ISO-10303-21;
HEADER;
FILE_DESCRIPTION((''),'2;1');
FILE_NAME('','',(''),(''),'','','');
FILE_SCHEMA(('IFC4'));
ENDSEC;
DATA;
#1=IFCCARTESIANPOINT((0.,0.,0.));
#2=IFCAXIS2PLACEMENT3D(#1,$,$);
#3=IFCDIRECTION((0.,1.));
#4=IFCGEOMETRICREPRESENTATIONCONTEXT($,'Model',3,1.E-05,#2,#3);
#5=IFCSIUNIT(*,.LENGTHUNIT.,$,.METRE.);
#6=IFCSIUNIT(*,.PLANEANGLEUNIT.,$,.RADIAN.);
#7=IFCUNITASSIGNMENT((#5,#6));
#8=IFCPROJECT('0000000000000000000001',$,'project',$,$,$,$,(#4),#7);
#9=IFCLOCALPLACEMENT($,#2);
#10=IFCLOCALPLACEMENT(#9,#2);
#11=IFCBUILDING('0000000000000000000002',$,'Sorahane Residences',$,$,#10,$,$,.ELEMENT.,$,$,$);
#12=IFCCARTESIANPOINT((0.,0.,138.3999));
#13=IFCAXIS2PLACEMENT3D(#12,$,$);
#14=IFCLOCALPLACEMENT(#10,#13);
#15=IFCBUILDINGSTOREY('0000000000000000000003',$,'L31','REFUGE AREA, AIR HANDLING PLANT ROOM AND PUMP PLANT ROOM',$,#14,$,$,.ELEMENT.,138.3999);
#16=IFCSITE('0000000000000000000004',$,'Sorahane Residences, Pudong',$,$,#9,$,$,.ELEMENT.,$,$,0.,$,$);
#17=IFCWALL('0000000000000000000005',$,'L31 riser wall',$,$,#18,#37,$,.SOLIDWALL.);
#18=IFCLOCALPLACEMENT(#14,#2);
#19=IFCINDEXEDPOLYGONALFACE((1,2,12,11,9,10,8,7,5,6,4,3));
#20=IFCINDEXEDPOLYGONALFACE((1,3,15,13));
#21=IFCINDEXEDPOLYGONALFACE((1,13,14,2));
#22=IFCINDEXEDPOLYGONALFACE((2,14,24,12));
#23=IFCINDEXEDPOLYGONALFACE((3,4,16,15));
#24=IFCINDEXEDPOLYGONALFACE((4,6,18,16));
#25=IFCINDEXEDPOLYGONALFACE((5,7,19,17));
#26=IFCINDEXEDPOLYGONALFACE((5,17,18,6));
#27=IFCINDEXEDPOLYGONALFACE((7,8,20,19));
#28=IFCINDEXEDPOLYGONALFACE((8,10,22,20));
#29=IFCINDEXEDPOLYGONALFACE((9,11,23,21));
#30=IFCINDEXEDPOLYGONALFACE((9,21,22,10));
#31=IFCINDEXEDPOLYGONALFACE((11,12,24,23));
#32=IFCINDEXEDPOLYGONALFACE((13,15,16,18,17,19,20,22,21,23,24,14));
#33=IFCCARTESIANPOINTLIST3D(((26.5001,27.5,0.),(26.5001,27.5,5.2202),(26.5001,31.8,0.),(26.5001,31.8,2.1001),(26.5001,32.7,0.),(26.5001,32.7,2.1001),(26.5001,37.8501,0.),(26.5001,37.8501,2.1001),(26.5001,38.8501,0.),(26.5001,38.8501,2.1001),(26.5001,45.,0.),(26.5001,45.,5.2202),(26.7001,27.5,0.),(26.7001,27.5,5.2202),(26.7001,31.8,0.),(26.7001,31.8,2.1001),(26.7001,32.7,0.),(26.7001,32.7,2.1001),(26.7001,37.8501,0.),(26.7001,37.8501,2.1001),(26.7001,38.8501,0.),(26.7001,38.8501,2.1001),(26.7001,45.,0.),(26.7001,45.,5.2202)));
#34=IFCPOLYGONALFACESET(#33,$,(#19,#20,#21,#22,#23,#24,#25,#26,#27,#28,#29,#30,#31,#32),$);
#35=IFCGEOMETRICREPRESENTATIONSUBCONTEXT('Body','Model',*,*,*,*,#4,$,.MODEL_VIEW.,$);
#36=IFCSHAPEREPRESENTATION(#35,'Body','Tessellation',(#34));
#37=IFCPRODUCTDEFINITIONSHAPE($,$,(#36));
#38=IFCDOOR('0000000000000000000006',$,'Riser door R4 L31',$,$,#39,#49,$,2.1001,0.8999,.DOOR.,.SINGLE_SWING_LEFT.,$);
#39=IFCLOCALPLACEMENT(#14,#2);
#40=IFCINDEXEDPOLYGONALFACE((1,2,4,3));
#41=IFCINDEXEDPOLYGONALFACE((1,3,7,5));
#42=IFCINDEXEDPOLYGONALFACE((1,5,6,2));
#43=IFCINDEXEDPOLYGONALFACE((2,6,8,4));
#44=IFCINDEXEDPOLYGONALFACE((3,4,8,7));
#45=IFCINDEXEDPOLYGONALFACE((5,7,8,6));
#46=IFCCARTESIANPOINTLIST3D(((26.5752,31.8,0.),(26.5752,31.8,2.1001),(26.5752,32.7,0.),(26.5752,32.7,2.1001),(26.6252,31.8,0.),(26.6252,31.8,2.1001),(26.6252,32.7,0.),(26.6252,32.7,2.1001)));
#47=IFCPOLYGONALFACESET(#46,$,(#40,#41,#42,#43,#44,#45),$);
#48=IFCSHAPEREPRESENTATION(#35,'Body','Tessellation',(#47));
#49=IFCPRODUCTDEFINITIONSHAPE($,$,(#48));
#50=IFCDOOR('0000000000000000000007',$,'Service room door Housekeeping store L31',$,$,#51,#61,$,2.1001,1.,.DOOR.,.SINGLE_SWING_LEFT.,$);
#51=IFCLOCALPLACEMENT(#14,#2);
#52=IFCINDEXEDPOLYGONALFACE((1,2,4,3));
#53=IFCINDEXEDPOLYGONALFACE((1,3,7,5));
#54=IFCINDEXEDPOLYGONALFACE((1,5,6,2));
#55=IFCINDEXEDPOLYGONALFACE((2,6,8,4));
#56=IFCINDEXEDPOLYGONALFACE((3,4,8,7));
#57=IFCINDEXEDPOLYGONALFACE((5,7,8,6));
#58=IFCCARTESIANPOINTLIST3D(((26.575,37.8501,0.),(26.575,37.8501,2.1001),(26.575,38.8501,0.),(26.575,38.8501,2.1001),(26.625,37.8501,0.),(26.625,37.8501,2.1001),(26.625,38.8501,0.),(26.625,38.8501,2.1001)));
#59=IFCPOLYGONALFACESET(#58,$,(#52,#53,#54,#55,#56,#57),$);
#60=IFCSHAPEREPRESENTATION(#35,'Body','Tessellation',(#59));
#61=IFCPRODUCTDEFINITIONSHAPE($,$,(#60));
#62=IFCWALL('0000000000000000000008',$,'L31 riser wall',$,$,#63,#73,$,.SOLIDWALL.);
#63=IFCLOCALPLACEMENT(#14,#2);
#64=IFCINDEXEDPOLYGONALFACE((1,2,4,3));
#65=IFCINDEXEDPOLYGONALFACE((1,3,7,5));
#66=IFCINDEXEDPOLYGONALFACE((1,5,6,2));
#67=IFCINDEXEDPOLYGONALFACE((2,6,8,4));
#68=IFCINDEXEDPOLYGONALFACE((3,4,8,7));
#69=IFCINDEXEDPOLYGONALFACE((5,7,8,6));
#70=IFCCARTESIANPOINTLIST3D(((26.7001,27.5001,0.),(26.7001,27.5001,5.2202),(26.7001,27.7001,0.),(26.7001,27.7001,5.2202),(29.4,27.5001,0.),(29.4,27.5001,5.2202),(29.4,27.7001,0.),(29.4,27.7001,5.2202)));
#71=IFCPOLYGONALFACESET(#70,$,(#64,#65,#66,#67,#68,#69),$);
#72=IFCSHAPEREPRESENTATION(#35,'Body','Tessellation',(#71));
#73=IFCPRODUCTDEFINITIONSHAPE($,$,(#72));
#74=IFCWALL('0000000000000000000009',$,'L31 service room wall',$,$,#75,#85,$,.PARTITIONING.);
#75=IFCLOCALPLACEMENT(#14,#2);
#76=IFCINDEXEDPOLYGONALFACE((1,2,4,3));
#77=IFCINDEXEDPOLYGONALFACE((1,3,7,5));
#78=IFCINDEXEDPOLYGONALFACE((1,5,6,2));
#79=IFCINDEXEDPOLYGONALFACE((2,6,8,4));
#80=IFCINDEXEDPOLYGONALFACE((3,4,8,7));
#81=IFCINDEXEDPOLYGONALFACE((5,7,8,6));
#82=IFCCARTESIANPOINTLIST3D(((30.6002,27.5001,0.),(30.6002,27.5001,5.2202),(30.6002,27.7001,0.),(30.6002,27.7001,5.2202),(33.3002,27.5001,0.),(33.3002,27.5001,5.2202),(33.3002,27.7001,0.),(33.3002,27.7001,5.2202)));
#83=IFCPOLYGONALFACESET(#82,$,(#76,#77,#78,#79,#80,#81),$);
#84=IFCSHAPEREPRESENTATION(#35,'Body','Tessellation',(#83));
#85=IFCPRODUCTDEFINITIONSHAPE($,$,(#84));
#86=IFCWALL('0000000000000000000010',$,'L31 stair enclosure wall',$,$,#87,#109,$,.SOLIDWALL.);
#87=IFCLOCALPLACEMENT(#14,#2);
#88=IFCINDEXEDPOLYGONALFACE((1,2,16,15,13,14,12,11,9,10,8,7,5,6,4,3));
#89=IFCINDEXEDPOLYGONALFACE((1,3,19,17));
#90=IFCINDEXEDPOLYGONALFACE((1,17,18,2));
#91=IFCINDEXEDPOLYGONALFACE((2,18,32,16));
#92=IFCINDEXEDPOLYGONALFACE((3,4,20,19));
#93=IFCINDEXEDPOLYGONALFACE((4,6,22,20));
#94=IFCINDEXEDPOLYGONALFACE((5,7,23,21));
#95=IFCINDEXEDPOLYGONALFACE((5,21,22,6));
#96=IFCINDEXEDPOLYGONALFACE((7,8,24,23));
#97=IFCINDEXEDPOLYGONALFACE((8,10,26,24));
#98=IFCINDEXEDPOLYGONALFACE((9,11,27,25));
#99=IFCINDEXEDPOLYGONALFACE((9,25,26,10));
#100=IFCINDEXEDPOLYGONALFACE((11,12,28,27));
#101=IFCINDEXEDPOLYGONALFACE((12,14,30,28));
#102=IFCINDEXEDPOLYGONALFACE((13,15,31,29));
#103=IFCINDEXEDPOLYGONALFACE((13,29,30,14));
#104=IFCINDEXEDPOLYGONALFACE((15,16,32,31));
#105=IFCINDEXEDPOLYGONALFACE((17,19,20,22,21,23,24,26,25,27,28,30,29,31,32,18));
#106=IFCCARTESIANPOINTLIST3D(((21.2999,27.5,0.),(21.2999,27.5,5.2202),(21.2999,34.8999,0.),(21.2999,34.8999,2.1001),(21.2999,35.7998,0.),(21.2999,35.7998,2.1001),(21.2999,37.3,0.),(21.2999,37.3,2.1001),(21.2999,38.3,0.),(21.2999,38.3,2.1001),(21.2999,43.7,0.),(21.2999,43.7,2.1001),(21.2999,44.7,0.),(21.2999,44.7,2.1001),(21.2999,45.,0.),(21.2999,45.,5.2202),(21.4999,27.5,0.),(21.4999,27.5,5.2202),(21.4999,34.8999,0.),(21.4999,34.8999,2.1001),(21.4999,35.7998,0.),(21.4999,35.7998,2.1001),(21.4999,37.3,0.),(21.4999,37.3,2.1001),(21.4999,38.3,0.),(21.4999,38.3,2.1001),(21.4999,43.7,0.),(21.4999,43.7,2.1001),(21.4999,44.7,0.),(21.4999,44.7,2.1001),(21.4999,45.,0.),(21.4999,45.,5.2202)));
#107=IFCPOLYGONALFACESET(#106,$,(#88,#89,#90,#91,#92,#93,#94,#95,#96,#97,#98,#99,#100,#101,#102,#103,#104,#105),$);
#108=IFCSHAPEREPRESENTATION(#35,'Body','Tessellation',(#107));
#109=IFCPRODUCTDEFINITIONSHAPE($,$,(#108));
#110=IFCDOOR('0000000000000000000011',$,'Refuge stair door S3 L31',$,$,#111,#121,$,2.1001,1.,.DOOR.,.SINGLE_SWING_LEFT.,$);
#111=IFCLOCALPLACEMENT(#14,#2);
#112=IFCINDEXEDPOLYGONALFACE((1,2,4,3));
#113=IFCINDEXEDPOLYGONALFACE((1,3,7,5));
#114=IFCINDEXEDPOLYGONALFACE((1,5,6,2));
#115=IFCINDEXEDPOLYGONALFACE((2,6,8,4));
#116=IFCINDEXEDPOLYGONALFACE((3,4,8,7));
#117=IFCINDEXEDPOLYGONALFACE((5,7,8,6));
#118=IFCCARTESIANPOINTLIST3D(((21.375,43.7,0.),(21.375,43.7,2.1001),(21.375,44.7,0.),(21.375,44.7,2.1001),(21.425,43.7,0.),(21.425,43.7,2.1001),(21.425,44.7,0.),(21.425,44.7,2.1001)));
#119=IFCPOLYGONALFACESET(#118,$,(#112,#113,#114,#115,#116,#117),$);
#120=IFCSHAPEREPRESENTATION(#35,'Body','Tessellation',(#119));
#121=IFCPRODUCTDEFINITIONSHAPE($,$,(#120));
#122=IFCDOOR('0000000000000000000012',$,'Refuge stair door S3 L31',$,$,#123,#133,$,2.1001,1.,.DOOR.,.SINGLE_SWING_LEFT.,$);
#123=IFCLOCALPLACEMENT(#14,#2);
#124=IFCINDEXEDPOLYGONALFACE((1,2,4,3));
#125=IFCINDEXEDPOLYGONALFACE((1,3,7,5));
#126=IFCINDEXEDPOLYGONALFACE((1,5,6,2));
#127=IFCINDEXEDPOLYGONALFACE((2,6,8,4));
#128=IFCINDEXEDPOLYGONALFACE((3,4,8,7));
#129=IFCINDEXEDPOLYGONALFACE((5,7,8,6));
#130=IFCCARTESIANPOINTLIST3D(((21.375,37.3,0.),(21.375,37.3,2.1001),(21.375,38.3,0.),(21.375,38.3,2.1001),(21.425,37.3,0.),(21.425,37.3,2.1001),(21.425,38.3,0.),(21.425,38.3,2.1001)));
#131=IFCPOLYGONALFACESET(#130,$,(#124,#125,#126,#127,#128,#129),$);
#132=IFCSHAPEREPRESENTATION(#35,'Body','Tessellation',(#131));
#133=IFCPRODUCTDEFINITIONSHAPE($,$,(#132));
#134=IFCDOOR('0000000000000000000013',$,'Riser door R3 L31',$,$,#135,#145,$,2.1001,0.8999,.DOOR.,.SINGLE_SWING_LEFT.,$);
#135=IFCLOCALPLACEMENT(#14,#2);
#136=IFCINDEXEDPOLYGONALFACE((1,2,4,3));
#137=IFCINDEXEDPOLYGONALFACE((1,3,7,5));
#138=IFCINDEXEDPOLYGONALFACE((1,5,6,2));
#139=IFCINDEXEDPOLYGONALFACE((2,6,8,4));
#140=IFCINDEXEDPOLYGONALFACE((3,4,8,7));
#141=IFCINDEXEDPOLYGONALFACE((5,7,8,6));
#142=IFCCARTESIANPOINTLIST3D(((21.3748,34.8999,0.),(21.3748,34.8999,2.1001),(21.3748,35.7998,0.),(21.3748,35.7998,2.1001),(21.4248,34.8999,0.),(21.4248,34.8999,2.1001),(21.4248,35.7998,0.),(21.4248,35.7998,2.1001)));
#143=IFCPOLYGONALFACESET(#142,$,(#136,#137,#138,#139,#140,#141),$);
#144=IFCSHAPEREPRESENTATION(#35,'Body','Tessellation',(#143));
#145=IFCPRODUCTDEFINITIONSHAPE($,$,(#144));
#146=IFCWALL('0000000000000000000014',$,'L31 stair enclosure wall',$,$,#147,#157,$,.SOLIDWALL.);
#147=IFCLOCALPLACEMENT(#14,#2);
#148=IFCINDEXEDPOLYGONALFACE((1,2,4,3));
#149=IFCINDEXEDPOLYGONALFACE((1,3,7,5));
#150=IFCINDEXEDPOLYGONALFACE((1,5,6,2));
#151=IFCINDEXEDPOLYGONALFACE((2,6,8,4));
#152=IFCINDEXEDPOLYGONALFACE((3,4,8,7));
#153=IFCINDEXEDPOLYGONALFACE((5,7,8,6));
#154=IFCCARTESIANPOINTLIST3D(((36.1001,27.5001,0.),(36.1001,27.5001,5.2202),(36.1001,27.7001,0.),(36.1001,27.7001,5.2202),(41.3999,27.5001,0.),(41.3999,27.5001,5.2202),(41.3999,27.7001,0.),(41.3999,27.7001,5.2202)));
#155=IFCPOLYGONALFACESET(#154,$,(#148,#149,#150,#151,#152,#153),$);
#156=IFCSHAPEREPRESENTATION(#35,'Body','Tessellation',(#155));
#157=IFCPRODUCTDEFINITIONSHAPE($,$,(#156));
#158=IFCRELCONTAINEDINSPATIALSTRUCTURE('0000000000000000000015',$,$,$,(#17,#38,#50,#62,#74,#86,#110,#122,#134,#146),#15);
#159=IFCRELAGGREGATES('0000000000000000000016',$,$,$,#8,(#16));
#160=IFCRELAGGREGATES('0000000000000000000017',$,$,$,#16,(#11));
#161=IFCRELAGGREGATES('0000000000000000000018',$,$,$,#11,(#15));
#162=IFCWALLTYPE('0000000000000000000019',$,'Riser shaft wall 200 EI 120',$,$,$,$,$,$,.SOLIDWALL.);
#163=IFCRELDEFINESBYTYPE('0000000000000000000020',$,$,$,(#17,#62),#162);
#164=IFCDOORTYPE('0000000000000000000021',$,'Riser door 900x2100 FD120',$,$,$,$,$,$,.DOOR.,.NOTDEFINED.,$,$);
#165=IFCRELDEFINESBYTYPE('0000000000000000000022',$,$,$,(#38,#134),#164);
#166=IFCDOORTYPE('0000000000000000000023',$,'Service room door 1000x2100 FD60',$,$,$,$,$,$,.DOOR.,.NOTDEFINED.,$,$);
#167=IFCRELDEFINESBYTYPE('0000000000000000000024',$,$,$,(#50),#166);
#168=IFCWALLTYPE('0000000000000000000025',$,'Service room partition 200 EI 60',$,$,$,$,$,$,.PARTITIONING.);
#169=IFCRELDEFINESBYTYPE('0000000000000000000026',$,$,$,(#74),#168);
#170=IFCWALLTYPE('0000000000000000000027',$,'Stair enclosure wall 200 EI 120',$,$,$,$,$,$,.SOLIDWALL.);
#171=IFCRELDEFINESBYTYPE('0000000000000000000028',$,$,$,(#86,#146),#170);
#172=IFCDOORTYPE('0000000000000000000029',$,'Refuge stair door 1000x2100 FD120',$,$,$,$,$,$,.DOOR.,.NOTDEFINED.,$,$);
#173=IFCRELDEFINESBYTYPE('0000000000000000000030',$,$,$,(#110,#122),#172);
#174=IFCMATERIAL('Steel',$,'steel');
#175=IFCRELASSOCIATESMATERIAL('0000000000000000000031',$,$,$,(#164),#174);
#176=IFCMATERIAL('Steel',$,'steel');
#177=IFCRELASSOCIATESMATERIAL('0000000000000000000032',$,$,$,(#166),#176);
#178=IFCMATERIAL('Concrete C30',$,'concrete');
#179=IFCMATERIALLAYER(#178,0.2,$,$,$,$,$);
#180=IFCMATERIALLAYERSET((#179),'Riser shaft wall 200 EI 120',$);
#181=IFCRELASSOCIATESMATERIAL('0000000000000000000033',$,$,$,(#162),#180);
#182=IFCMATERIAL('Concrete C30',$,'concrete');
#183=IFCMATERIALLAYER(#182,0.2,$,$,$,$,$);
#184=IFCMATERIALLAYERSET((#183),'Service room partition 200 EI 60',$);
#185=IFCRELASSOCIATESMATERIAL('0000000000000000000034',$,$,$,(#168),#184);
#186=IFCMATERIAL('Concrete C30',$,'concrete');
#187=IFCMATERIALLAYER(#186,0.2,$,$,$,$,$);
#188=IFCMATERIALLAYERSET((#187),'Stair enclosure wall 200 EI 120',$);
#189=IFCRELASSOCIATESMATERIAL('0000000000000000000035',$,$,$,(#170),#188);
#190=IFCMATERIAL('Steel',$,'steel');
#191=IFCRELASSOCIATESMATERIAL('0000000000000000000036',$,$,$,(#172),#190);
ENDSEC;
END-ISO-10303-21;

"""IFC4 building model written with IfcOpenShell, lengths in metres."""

from ifc_helpers import new_model, si_unit, direction, frame, frame_2d, origin, place, context, subcontext, project, spatial, rectangle, extrude, material, layer, layer_set, type_object, element, fill, save


model = new_model("IFC4")

# Units and contexts
model_context = context("Model", 3, precision=1e-05, world=origin(), true_north=direction((0.0, 1.0)))
body_context = subcontext(model_context, "Body", "Model", "MODEL_VIEW")
ifc_project = project(units=[si_unit("LENGTHUNIT", "METRE"), si_unit("PLANEANGLEUNIT", "RADIAN")], contexts=[model_context])

# Site, building, storey
site_placement = place(None, origin())
site = spatial("IfcSite", under=ifc_project, at=site_placement, Name="Sorahane Residences, Pudong", CompositionType="ELEMENT", RefElevation=0.0)
building_placement = place(site_placement, origin())
building = spatial("IfcBuilding", under=site, at=building_placement, Name="Sorahane Residences", CompositionType="ELEMENT")
storey_placement = place(building_placement, frame((0.0, 0.0, 138.3999)))
storey = spatial("IfcBuildingStorey", under=building, at=storey_placement, Name="L31", Description="REFUGE AREA, AIR HANDLING PLANT ROOM AND PUMP PLANT ROOM", CompositionType="ELEMENT", Elevation=138.3999)

# Wall, openings, doors
ifc_material_1 = material(Name="Steel", Category="steel")
door_type_1 = type_object("IfcDoorType", Name="Riser door 900x2100 FD120", OperationType="NOTDEFINED", PredefinedType="DOOR", material=ifc_material_1)
ifc_material_2 = material(Name="Steel", Category="steel")
door_type_2 = type_object("IfcDoorType", Name="Service room door 1000x2100 FD60", OperationType="NOTDEFINED", PredefinedType="DOOR", material=ifc_material_2)
ifc_material_3 = material(Name="Concrete C30", Category="concrete")
ifc_layer_1 = layer(ifc_material_3, 0.2)
ifc_layer_set_1 = layer_set([ifc_layer_1], Name="Riser shaft wall 200 EI 120")
wall_type_1 = type_object("IfcWallType", Name="Riser shaft wall 200 EI 120", PredefinedType="SOLIDWALL", material=ifc_layer_set_1)
wall_1_placement = place(storey_placement, frame((26.6001, 27.5, 0.0), z_axis=(0.0, 0.0, 1.0), x_axis=(0.0, 1.0, 0.0)))
wall_1 = element("IfcWall", 1, at=wall_1_placement, inside=storey, type_object=wall_type_1, Name="L31 riser wall", PredefinedType="SOLIDWALL", context=body_context, shape_type="SweptSolid", body=[
    extrude(rectangle(XDim=17.5, YDim=0.2, at=frame_2d((8.75, 0.0))), origin(), (0.0, 0.0, 1.0), 5.2202),
])
opening_1_placement = place(wall_1_placement, frame((4.3, 0.0, 0.0)))
opening_1 = element("IfcOpeningElement", 2, at=opening_1_placement, cuts=wall_1, PredefinedType="OPENING", context=body_context, shape_type="SweptSolid", body=[
    extrude(rectangle(XDim=0.8999, YDim=2.1001, at=frame_2d((0.45, 1.05))), frame((0.0, 0.1099, 0.0), z_axis=(0.0, -1.0, 0.0), x_axis=(1.0, 0.0, 0.0)), (0.0, 0.0, 1.0), 0.22),
])
opening_2_placement = place(wall_1_placement, frame((10.3501, 0.0, 0.0)))
opening_2 = element("IfcOpeningElement", 3, at=opening_2_placement, cuts=wall_1, PredefinedType="OPENING", context=body_context, shape_type="SweptSolid", body=[
    extrude(rectangle(XDim=1.0, YDim=2.1001, at=frame_2d((0.5, 1.05))), frame((0.0, 0.1099, 0.0), z_axis=(0.0, -1.0, 0.0), x_axis=(1.0, 0.0, 0.0)), (0.0, 0.0, 1.0), 0.22),
])
door_1_placement = place(opening_1_placement, origin())
door_1 = element("IfcDoor", 4, at=door_1_placement, inside=storey, type_object=door_type_1, Name="Riser door R4 L31", OperationType="SINGLE_SWING_LEFT", OverallHeight=2.1001, OverallWidth=0.8999, PredefinedType="DOOR", context=body_context, shape_type="SweptSolid", body=[
    extrude(rectangle(XDim=0.8999, YDim=2.1001, at=frame_2d((0.45, 1.05))), frame((0.0, 0.0249, 0.0), z_axis=(0.0, -1.0, 0.0), x_axis=(1.0, 0.0, 0.0)), (0.0, 0.0, 1.0), 0.05),
])
fill(opening_1, door_1)
door_2_placement = place(opening_2_placement, frame((1.0, 0.0, 0.0), z_axis=(0.0, 0.0, 1.0), x_axis=(-1.0, 0.0, 0.0)))
door_2 = element("IfcDoor", 5, at=door_2_placement, inside=storey, type_object=door_type_2, Name="Service room door Housekeeping store L31", OperationType="SINGLE_SWING_LEFT", OverallHeight=2.1001, OverallWidth=1.0, PredefinedType="DOOR", context=body_context, shape_type="SweptSolid", body=[
    extrude(rectangle(XDim=1.0, YDim=2.1001, at=frame_2d((0.5, 1.05))), frame((0.0, 0.0249, 0.0), z_axis=(0.0, -1.0, 0.0), x_axis=(1.0, 0.0, 0.0)), (0.0, 0.0, 1.0), 0.05),
])
fill(opening_2, door_2)

# Walls
wall_2_placement = place(storey_placement, frame((26.7, 27.6001, 0.0), z_axis=(0.0, 0.0, 1.0), x_axis=(1.0, 0.0, 0.0)))
element("IfcWall", 6, at=wall_2_placement, inside=storey, type_object=wall_type_1, Name="L31 riser wall", PredefinedType="SOLIDWALL", context=body_context, shape_type="SweptSolid", body=[
    extrude(rectangle(XDim=2.7, YDim=0.2, at=frame_2d((1.3501, 0.0))), origin(), (0.0, 0.0, 1.0), 5.2202),
])
ifc_material_4 = material(Name="Concrete C30", Category="concrete")
ifc_layer_2 = layer(ifc_material_4, 0.2)
ifc_layer_set_2 = layer_set([ifc_layer_2], Name="Service room partition 200 EI 60")
wall_type_2 = type_object("IfcWallType", Name="Service room partition 200 EI 60", PredefinedType="PARTITIONING", material=ifc_layer_set_2)
wall_3_placement = place(storey_placement, frame((30.6001, 27.6001, 0.0), z_axis=(0.0, 0.0, 1.0), x_axis=(1.0, 0.0, 0.0)))
element("IfcWall", 7, at=wall_3_placement, inside=storey, type_object=wall_type_2, Name="L31 service room wall", PredefinedType="PARTITIONING", context=body_context, shape_type="SweptSolid", body=[
    extrude(rectangle(XDim=2.7, YDim=0.2, at=frame_2d((1.3501, 0.0))), origin(), (0.0, 0.0, 1.0), 5.2202),
])

# Wall, openings, doors
ifc_material_5 = material(Name="Concrete C30", Category="concrete")
ifc_layer_3 = layer(ifc_material_5, 0.2)
ifc_layer_set_3 = layer_set([ifc_layer_3], Name="Stair enclosure wall 200 EI 120")
wall_type_3 = type_object("IfcWallType", Name="Stair enclosure wall 200 EI 120", PredefinedType="SOLIDWALL", material=ifc_layer_set_3)
wall_4_placement = place(storey_placement, frame((21.3999, 27.5, 0.0), z_axis=(0.0, 0.0, 1.0), x_axis=(0.0, 1.0, 0.0)))
wall_4 = element("IfcWall", 8, at=wall_4_placement, inside=storey, type_object=wall_type_3, Name="L31 stair enclosure wall", PredefinedType="SOLIDWALL", context=body_context, shape_type="SweptSolid", body=[
    extrude(rectangle(XDim=17.5, YDim=0.2, at=frame_2d((8.75, 0.0))), origin(), (0.0, 0.0, 1.0), 5.2202),
])
opening_3_placement = place(wall_4_placement, frame((16.2, 0.0, 0.0)))
opening_3 = element("IfcOpeningElement", 9, at=opening_3_placement, cuts=wall_4, PredefinedType="OPENING", context=body_context, shape_type="SweptSolid", body=[
    extrude(rectangle(XDim=1.0, YDim=2.1001, at=frame_2d((0.5, 1.05))), frame((0.0, 0.1099, 0.0), z_axis=(0.0, -1.0, 0.0), x_axis=(1.0, 0.0, 0.0)), (0.0, 0.0, 1.0), 0.22),
])
opening_4_placement = place(wall_4_placement, frame((9.8, 0.0, 0.0)))
opening_4 = element("IfcOpeningElement", 10, at=opening_4_placement, cuts=wall_4, PredefinedType="OPENING", context=body_context, shape_type="SweptSolid", body=[
    extrude(rectangle(XDim=1.0, YDim=2.1001, at=frame_2d((0.5, 1.05))), frame((0.0, 0.1099, 0.0), z_axis=(0.0, -1.0, 0.0), x_axis=(1.0, 0.0, 0.0)), (0.0, 0.0, 1.0), 0.22),
])
opening_5_placement = place(wall_4_placement, frame((7.3999, 0.0, 0.0)))
opening_5 = element("IfcOpeningElement", 11, at=opening_5_placement, cuts=wall_4, PredefinedType="OPENING", context=body_context, shape_type="SweptSolid", body=[
    extrude(rectangle(XDim=0.8999, YDim=2.1001, at=frame_2d((0.45, 1.05))), frame((0.0, 0.1099, 0.0), z_axis=(0.0, -1.0, 0.0), x_axis=(1.0, 0.0, 0.0)), (0.0, 0.0, 1.0), 0.22),
])
ifc_material_6 = material(Name="Steel", Category="steel")
door_type_3 = type_object("IfcDoorType", Name="Refuge stair door 1000x2100 FD120", OperationType="NOTDEFINED", PredefinedType="DOOR", material=ifc_material_6)
door_3_placement = place(opening_3_placement, origin())
door_3 = element("IfcDoor", 12, at=door_3_placement, inside=storey, type_object=door_type_3, Name="Refuge stair door S3 L31", OperationType="SINGLE_SWING_LEFT", OverallHeight=2.1001, OverallWidth=1.0, PredefinedType="DOOR", context=body_context, shape_type="SweptSolid", body=[
    extrude(rectangle(XDim=1.0, YDim=2.1001, at=frame_2d((0.5, 1.05))), frame((0.0, 0.0249, 0.0), z_axis=(0.0, -1.0, 0.0), x_axis=(1.0, 0.0, 0.0)), (0.0, 0.0, 1.0), 0.05),
])
fill(opening_3, door_3)
door_4_placement = place(opening_4_placement, origin())
door_4 = element("IfcDoor", 13, at=door_4_placement, inside=storey, type_object=door_type_3, Name="Refuge stair door S3 L31", OperationType="SINGLE_SWING_LEFT", OverallHeight=2.1001, OverallWidth=1.0, PredefinedType="DOOR", context=body_context, shape_type="SweptSolid", body=[
    extrude(rectangle(XDim=1.0, YDim=2.1001, at=frame_2d((0.5, 1.05))), frame((0.0, 0.0249, 0.0), z_axis=(0.0, -1.0, 0.0), x_axis=(1.0, 0.0, 0.0)), (0.0, 0.0, 1.0), 0.05),
])
fill(opening_4, door_4)
door_5_placement = place(opening_5_placement, frame((0.8999, 0.0, 0.0), z_axis=(0.0, 0.0, 1.0), x_axis=(-1.0, 0.0, 0.0)))
door_5 = element("IfcDoor", 14, at=door_5_placement, inside=storey, type_object=door_type_1, Name="Riser door R3 L31", OperationType="SINGLE_SWING_LEFT", OverallHeight=2.1001, OverallWidth=0.8999, PredefinedType="DOOR", context=body_context, shape_type="SweptSolid", body=[
    extrude(rectangle(XDim=0.8999, YDim=2.1001, at=frame_2d((0.45, 1.05))), frame((0.0, 0.0249, 0.0), z_axis=(0.0, -1.0, 0.0), x_axis=(1.0, 0.0, 0.0)), (0.0, 0.0, 1.0), 0.05),
])
fill(opening_5, door_5)

# Wall
wall_5_placement = place(storey_placement, frame((36.1001, 27.6001, 0.0), z_axis=(0.0, 0.0, 1.0), x_axis=(1.0, 0.0, 0.0)))
element("IfcWall", 15, at=wall_5_placement, inside=storey, type_object=wall_type_3, Name="L31 stair enclosure wall", PredefinedType="SOLIDWALL", context=body_context, shape_type="SweptSolid", body=[
    extrude(rectangle(XDim=5.2998, YDim=0.2, at=frame_2d((2.6499, 0.0))), origin(), (0.0, 0.0, 1.0), 5.2202),
])

save(model, "model.ifc")
